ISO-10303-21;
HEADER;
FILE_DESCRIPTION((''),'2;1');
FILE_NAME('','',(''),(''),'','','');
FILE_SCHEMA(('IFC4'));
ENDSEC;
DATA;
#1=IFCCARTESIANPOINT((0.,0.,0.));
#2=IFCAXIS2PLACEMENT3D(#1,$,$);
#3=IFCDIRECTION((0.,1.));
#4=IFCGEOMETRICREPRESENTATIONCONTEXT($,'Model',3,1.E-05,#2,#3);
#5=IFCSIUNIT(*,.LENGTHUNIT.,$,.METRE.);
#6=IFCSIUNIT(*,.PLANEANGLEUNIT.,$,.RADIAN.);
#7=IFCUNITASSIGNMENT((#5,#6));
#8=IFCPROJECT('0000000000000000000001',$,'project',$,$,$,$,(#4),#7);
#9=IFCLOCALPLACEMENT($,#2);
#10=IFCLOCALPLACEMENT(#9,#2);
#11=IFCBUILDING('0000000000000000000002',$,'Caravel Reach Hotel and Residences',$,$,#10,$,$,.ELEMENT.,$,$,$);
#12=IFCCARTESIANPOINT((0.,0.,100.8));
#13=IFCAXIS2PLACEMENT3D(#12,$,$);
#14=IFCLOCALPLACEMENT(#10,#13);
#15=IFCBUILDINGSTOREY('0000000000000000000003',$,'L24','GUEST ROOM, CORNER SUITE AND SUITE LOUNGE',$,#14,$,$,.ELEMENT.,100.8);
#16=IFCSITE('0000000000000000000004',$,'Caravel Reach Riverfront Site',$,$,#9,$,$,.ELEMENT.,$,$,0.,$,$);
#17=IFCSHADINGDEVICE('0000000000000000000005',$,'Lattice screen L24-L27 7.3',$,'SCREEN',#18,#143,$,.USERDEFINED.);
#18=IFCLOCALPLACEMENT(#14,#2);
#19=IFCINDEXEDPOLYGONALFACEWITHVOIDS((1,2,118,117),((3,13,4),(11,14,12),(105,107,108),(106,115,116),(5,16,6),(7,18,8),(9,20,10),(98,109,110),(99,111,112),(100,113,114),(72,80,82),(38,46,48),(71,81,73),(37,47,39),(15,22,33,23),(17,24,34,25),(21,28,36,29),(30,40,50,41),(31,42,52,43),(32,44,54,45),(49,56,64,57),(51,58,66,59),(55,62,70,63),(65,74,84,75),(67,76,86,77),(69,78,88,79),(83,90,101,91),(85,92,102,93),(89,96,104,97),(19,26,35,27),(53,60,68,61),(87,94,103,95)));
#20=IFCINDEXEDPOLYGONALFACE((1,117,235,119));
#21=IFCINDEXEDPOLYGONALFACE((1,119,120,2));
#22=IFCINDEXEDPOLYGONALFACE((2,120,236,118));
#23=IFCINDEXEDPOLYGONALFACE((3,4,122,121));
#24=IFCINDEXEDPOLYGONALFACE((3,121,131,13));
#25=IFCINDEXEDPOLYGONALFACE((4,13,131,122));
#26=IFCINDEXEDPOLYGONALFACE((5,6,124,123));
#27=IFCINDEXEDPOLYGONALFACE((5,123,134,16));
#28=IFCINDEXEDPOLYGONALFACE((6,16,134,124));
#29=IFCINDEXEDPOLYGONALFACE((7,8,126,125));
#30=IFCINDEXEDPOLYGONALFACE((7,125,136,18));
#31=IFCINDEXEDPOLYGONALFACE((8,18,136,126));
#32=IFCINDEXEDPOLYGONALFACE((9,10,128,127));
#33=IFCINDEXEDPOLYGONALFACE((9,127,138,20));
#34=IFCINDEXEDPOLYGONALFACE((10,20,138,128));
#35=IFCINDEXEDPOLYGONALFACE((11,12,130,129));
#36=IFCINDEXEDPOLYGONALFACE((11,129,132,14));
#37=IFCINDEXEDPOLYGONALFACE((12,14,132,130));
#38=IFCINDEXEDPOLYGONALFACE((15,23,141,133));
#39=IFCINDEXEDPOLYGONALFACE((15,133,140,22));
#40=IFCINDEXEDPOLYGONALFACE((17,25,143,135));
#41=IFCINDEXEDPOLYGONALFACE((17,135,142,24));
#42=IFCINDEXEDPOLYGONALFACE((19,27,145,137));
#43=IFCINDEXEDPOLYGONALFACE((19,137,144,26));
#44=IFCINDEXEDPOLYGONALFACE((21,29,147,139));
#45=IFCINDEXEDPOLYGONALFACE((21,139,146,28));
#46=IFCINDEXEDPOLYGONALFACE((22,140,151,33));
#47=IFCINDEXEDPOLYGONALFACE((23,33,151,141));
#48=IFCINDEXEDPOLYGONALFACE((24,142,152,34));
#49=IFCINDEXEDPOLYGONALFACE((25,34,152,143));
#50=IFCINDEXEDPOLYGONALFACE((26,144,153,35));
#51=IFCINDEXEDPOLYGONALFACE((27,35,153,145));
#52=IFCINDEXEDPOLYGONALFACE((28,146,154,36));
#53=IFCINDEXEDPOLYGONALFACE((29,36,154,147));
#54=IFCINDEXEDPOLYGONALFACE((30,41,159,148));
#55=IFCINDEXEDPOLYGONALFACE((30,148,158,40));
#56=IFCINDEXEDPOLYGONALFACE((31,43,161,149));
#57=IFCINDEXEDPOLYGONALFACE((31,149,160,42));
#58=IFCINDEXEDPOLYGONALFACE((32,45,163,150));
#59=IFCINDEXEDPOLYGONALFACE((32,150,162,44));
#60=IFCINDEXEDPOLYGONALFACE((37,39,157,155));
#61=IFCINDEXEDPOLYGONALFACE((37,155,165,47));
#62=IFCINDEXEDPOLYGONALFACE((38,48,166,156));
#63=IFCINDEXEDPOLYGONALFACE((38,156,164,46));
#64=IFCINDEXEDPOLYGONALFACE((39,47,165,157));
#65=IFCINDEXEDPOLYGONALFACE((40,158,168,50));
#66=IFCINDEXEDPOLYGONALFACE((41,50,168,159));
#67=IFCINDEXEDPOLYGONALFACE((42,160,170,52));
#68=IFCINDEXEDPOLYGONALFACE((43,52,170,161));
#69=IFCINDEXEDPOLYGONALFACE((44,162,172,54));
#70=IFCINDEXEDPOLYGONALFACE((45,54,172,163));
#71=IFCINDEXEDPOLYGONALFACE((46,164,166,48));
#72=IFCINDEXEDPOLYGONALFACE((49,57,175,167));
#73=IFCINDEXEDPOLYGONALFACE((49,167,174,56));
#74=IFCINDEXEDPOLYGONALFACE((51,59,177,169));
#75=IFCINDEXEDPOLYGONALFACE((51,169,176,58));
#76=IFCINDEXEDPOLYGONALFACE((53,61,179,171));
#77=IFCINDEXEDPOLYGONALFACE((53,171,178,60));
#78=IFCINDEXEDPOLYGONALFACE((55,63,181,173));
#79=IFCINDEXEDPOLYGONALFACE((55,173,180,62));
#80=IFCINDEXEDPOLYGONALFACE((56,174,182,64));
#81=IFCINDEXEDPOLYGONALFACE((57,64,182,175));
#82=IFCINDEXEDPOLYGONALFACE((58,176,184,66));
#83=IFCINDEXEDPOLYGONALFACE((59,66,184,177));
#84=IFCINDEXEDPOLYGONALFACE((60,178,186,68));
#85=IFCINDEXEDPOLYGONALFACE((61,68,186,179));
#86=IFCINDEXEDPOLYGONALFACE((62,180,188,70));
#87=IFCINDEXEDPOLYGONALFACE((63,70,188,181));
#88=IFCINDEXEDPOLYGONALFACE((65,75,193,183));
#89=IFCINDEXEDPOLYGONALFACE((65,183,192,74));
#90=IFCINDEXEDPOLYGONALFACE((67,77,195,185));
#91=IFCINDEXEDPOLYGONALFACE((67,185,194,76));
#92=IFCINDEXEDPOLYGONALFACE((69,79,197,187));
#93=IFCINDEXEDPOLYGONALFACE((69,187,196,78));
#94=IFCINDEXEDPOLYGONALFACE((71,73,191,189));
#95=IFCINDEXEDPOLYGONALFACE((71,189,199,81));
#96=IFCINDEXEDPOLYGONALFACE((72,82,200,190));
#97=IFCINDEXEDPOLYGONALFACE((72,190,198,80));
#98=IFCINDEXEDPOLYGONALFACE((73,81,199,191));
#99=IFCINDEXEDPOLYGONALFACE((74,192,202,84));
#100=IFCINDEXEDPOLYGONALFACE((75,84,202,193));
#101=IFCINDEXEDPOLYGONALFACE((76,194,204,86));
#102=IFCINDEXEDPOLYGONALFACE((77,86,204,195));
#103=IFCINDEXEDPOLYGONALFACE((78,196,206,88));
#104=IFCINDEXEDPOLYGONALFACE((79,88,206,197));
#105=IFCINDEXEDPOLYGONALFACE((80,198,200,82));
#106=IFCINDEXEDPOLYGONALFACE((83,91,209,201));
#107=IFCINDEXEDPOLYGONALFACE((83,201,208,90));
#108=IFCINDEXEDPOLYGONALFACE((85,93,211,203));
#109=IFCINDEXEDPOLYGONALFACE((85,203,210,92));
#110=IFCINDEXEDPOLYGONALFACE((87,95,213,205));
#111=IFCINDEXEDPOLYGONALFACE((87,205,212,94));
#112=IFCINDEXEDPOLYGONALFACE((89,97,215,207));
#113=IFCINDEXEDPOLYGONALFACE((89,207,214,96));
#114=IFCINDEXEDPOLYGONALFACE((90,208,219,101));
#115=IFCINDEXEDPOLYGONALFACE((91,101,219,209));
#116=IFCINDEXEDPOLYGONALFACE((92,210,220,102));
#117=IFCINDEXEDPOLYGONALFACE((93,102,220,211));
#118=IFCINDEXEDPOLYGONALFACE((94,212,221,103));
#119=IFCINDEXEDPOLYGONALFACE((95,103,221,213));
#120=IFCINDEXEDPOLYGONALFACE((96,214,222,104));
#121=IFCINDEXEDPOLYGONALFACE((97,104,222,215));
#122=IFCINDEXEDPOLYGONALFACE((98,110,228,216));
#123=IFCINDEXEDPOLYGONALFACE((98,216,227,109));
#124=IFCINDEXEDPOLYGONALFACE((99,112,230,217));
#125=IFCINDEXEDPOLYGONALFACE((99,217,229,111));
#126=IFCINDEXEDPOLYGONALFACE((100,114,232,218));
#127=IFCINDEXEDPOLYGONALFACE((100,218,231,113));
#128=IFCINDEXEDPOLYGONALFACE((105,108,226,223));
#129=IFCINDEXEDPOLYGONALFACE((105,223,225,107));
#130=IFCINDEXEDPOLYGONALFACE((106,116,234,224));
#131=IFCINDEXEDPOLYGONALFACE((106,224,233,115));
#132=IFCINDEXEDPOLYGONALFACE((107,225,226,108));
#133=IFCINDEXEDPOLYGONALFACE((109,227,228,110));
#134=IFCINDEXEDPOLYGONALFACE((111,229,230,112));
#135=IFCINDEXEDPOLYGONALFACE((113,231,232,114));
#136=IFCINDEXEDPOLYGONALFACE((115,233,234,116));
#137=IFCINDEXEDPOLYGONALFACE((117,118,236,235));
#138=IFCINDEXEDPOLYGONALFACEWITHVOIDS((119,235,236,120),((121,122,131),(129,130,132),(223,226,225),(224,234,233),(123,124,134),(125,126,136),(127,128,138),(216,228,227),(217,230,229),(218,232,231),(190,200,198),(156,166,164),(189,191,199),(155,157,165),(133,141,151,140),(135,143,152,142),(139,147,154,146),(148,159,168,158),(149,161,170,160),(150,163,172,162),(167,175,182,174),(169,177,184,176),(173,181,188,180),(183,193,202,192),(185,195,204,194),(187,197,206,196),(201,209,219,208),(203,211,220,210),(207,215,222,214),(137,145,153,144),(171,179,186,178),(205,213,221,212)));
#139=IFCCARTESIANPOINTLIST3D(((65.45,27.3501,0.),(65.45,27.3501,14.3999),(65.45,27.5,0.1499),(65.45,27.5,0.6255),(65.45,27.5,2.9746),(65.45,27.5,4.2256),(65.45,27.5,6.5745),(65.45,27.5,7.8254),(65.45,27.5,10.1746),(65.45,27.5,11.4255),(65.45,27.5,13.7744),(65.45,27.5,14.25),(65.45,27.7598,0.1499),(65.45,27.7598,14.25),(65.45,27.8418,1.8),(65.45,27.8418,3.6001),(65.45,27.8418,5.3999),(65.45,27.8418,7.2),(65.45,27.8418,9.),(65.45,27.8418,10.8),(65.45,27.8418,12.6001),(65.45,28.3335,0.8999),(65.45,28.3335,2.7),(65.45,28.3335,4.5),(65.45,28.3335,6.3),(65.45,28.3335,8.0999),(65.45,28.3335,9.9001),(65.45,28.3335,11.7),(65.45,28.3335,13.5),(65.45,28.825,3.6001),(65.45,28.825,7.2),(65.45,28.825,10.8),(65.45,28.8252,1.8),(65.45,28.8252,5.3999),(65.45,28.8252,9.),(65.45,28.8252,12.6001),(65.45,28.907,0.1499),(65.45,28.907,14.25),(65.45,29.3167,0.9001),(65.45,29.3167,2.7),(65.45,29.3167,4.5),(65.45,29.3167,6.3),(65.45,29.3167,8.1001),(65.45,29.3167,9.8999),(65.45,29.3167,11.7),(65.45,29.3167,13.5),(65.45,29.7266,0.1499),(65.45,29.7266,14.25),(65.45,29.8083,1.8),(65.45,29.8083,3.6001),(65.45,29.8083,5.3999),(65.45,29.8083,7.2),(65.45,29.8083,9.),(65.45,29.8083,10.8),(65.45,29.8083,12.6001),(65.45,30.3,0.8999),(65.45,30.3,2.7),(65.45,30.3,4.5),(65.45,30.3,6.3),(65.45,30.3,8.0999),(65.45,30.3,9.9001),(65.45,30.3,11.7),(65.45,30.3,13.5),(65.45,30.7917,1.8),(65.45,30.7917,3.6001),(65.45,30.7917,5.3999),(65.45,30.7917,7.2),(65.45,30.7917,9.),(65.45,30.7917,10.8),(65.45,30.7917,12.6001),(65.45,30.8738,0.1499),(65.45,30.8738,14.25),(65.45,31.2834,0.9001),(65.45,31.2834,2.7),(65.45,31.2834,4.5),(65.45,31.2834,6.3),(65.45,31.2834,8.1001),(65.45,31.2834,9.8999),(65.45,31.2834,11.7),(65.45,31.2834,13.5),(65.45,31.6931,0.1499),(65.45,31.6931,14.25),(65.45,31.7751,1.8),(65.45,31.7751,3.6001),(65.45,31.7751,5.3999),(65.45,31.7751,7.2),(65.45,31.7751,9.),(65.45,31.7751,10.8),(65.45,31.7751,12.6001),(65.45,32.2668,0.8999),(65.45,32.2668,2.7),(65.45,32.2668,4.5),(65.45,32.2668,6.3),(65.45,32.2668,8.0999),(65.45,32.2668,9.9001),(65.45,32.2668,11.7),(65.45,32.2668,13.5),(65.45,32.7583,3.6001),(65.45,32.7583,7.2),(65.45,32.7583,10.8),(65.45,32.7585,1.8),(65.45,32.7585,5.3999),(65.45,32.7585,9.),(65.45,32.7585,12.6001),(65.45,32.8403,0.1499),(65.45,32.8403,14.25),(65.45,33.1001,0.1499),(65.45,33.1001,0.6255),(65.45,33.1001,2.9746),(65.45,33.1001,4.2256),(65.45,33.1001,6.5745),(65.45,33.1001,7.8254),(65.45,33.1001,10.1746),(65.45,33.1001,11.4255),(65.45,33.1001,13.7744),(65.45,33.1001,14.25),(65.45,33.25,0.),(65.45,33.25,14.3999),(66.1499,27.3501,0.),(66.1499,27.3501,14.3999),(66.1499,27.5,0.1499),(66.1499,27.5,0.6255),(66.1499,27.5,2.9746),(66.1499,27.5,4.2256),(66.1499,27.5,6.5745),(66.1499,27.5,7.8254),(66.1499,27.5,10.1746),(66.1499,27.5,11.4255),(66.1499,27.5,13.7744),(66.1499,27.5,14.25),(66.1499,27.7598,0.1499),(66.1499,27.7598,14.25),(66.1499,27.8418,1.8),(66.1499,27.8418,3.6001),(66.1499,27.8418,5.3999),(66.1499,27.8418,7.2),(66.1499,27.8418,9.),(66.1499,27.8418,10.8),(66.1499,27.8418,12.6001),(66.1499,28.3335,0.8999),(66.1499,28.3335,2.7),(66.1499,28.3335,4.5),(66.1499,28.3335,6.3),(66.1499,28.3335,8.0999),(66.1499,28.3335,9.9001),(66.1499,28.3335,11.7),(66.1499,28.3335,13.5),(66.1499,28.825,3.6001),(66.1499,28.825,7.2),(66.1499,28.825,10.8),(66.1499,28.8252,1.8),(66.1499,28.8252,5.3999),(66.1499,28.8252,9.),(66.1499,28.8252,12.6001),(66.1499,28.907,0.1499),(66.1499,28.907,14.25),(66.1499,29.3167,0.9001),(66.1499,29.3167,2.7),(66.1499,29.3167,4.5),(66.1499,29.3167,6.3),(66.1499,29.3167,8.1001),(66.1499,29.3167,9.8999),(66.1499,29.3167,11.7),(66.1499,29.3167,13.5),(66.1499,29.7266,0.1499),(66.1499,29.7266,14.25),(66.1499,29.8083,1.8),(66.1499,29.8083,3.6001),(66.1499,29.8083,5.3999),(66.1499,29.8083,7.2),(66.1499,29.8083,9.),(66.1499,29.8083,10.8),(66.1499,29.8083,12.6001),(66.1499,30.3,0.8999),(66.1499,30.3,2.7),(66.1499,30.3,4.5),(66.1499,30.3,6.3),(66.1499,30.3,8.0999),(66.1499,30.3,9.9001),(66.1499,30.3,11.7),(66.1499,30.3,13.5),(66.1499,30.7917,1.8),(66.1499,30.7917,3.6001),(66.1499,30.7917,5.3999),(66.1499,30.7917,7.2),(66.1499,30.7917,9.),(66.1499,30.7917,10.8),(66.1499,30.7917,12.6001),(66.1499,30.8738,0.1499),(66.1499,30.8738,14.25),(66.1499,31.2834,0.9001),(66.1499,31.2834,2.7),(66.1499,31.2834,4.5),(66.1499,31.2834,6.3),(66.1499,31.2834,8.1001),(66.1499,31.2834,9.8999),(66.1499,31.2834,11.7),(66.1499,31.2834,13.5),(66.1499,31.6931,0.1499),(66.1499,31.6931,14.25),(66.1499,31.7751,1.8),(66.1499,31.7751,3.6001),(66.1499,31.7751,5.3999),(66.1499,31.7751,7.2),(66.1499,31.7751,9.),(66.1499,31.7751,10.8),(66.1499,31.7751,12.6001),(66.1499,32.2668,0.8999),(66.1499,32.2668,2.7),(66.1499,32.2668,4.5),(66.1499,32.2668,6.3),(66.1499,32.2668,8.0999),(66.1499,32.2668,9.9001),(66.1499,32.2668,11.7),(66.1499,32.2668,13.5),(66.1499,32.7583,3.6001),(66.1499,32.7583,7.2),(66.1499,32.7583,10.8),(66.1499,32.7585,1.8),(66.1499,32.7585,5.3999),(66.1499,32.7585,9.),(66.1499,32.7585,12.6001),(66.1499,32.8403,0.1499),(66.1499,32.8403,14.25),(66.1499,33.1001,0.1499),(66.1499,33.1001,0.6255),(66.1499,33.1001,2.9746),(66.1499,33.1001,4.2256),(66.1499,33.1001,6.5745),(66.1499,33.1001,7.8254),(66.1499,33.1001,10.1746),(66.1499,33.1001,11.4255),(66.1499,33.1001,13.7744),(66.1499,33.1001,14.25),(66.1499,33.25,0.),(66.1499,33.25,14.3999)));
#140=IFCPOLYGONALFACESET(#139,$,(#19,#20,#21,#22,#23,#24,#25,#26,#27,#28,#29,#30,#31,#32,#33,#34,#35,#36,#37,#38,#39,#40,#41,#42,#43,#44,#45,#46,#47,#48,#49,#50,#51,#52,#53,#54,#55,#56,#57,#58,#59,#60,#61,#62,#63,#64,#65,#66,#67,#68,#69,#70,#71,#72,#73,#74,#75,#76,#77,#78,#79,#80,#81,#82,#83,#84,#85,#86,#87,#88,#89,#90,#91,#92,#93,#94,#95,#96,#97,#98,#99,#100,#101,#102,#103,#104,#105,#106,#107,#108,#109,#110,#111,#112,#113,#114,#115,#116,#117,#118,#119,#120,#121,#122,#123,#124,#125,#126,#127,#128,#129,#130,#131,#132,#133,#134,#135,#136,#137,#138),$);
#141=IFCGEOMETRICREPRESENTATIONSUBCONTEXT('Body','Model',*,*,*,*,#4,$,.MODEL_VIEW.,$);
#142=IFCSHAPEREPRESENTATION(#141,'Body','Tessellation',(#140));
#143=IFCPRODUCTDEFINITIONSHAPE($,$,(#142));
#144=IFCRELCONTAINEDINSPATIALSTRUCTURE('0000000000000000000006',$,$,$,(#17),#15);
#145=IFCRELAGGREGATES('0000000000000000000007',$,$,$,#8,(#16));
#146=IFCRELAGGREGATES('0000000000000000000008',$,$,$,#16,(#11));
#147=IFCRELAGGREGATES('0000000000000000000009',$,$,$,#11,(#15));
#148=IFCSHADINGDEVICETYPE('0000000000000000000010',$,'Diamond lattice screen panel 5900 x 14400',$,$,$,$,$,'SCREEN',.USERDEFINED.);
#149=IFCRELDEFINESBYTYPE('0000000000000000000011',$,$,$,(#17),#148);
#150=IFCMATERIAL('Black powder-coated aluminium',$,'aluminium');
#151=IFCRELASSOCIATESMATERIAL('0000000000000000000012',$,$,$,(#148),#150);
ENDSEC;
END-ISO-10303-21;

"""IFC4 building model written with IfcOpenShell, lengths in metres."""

from ifc_helpers import new_model, si_unit, direction, frame, origin, place, context, subcontext, project, spatial, polyline, outline, extrude, material, type_object, element, save


model = new_model("IFC4")

# Units and contexts
model_context = context("Model", 3, precision=1e-05, world=origin(), true_north=direction((0.0, 1.0)))
body_context = subcontext(model_context, "Body", "Model", "MODEL_VIEW")
ifc_project = project(units=[si_unit("LENGTHUNIT", "METRE"), si_unit("PLANEANGLEUNIT", "RADIAN")], contexts=[model_context])

# Site, building, storey
site_placement = place(None, origin())
site = spatial("IfcSite", under=ifc_project, at=site_placement, Name="Caravel Reach Riverfront Site", CompositionType="ELEMENT", RefElevation=0.0)
building_placement = place(site_placement, origin())
building = spatial("IfcBuilding", under=site, at=building_placement, Name="Caravel Reach Hotel and Residences", CompositionType="ELEMENT")
storey_placement = place(building_placement, frame((0.0, 0.0, 100.8)))
storey = spatial("IfcBuildingStorey", under=building, at=storey_placement, Name="L24", Description="GUEST ROOM, CORNER SUITE AND SUITE LOUNGE", CompositionType="ELEMENT", Elevation=100.8)

# Shading device
ifc_material_1 = material(Name="Black powder-coated aluminium", Category="aluminium")
shading_device_type_1 = type_object("IfcShadingDeviceType", Name="Diamond lattice screen panel 5900 x 14400", ElementType="SCREEN", PredefinedType="USERDEFINED", material=ifc_material_1)
shading_device_1_placement = place(storey_placement, frame((65.45, 27.3501, 0.0), z_axis=(1.0, 0.0, 0.0), x_axis=(0.0, 1.0, 0.0)))
element("IfcShadingDevice", 1, at=shading_device_1_placement, inside=storey, type_object=shading_device_type_1, Name="Lattice screen L24-L27 7.3", ObjectType="SCREEN", PredefinedType="USERDEFINED", context=body_context, shape_type="SweptSolid", body=[
    extrude(outline(polyline([(0.0, 0.0), (5.8999, 0.0), (5.8999, 14.3999), (0.0, 14.3999), (0.0, 0.0)]), holes=[polyline([(0.4097, 0.1499), (0.1499, 0.6255), (0.1499, 0.1499), (0.4097, 0.1499)]), polyline([(0.4917, 3.6001), (0.1499, 4.2256), (0.1499, 2.9746), (0.4917, 3.6001)]), polyline([(0.4917, 7.2), (0.1499, 7.8254), (0.1499, 6.5745), (0.4917, 7.2)]), polyline([(0.4917, 10.8), (0.1499, 11.4255), (0.1499, 10.1746), (0.4917, 10.8)]), polyline([(0.1499, 13.7744), (0.4097, 14.25), (0.1499, 14.25), (0.1499, 13.7744)]), polyline([(0.9834, 2.7), (0.4917, 1.8), (0.9834, 0.8999), (1.4751, 1.8), (0.9834, 2.7)]), polyline([(0.9834, 6.3), (0.4917, 5.3999), (0.9834, 4.5), (1.4751, 5.3999), (0.9834, 6.3)]), polyline([(0.9834, 9.9001), (0.4917, 9.0), (0.9834, 8.0999), (1.4751, 9.0), (0.9834, 9.9001)]), polyline([(0.9834, 13.5), (0.4917, 12.6001), (0.9834, 11.7), (1.4751, 12.6001), (0.9834, 13.5)]), polyline([(1.9666, 0.9001), (1.5569, 0.1499), (2.3765, 0.1499), (1.9666, 0.9001)]), polyline([(1.9666, 4.5), (1.4749, 3.6001), (1.9666, 2.7), (2.4583, 3.6001), (1.9666, 4.5)]), polyline([(1.9666, 8.1001), (1.4749, 7.2), (1.9666, 6.3), (2.4583, 7.2), (1.9666, 8.1001)]), polyline([(1.9666, 11.7), (1.4749, 10.8), (1.9666, 9.8999), (2.4583, 10.8), (1.9666, 11.7)]), polyline([(1.9666, 13.5), (2.3765, 14.25), (1.5569, 14.25), (1.9666, 13.5)]), polyline([(2.95, 2.7), (2.4583, 1.8), (2.95, 0.8999), (3.4417, 1.8), (2.95, 2.7)]), polyline([(2.95, 6.3), (2.4583, 5.3999), (2.95, 4.5), (3.4417, 5.3999), (2.95, 6.3)]), polyline([(2.95, 9.9001), (2.4583, 9.0), (2.95, 8.0999), (3.4417, 9.0), (2.95, 9.9001)]), polyline([(2.95, 13.5), (2.4583, 12.6001), (2.95, 11.7), (3.4417, 12.6001), (2.95, 13.5)]), polyline([(3.9333, 0.9001), (3.5237, 0.1499), (4.343, 0.1499), (3.9333, 0.9001)]), polyline([(3.9333, 4.5), (3.4417, 3.6001), (3.9333, 2.7), (4.425, 3.6001), (3.9333, 4.5)]), polyline([(3.9333, 8.1001), (3.4417, 7.2), (3.9333, 6.3), (4.425, 7.2), (3.9333, 8.1001)]), polyline([(3.9333, 11.7), (3.4417, 10.8), (3.9333, 9.8999), (4.425, 10.8), (3.9333, 11.7)]), polyline([(3.9333, 13.5), (4.343, 14.25), (3.5237, 14.25), (3.9333, 13.5)]), polyline([(4.9167, 2.7), (4.425, 1.8), (4.9167, 0.8999), (5.4084, 1.8), (4.9167, 2.7)]), polyline([(4.9167, 6.3), (4.425, 5.3999), (4.9167, 4.5), (5.4084, 5.3999), (4.9167, 6.3)]), polyline([(4.9167, 9.9001), (4.425, 9.0), (4.9167, 8.0999), (5.4084, 9.0), (4.9167, 9.9001)]), polyline([(4.9167, 13.5), (4.425, 12.6001), (4.9167, 11.7), (5.4084, 12.6001), (4.9167, 13.5)]), polyline([(5.75, 0.6255), (5.4902, 0.1499), (5.75, 0.1499), (5.75, 0.6255)]), polyline([(5.4082, 3.6001), (5.75, 2.9746), (5.75, 4.2256), (5.4082, 3.6001)]), polyline([(5.4082, 7.2), (5.75, 6.5745), (5.75, 7.8254), (5.4082, 7.2)]), polyline([(5.4082, 10.8), (5.75, 10.1746), (5.75, 11.4255), (5.4082, 10.8)]), polyline([(5.4902, 14.25), (5.75, 13.7744), (5.75, 14.25), (5.4902, 14.25)])]), origin(), (0.0, 0.0, 1.0), 0.7),
])

save(model, "model.ifc")
